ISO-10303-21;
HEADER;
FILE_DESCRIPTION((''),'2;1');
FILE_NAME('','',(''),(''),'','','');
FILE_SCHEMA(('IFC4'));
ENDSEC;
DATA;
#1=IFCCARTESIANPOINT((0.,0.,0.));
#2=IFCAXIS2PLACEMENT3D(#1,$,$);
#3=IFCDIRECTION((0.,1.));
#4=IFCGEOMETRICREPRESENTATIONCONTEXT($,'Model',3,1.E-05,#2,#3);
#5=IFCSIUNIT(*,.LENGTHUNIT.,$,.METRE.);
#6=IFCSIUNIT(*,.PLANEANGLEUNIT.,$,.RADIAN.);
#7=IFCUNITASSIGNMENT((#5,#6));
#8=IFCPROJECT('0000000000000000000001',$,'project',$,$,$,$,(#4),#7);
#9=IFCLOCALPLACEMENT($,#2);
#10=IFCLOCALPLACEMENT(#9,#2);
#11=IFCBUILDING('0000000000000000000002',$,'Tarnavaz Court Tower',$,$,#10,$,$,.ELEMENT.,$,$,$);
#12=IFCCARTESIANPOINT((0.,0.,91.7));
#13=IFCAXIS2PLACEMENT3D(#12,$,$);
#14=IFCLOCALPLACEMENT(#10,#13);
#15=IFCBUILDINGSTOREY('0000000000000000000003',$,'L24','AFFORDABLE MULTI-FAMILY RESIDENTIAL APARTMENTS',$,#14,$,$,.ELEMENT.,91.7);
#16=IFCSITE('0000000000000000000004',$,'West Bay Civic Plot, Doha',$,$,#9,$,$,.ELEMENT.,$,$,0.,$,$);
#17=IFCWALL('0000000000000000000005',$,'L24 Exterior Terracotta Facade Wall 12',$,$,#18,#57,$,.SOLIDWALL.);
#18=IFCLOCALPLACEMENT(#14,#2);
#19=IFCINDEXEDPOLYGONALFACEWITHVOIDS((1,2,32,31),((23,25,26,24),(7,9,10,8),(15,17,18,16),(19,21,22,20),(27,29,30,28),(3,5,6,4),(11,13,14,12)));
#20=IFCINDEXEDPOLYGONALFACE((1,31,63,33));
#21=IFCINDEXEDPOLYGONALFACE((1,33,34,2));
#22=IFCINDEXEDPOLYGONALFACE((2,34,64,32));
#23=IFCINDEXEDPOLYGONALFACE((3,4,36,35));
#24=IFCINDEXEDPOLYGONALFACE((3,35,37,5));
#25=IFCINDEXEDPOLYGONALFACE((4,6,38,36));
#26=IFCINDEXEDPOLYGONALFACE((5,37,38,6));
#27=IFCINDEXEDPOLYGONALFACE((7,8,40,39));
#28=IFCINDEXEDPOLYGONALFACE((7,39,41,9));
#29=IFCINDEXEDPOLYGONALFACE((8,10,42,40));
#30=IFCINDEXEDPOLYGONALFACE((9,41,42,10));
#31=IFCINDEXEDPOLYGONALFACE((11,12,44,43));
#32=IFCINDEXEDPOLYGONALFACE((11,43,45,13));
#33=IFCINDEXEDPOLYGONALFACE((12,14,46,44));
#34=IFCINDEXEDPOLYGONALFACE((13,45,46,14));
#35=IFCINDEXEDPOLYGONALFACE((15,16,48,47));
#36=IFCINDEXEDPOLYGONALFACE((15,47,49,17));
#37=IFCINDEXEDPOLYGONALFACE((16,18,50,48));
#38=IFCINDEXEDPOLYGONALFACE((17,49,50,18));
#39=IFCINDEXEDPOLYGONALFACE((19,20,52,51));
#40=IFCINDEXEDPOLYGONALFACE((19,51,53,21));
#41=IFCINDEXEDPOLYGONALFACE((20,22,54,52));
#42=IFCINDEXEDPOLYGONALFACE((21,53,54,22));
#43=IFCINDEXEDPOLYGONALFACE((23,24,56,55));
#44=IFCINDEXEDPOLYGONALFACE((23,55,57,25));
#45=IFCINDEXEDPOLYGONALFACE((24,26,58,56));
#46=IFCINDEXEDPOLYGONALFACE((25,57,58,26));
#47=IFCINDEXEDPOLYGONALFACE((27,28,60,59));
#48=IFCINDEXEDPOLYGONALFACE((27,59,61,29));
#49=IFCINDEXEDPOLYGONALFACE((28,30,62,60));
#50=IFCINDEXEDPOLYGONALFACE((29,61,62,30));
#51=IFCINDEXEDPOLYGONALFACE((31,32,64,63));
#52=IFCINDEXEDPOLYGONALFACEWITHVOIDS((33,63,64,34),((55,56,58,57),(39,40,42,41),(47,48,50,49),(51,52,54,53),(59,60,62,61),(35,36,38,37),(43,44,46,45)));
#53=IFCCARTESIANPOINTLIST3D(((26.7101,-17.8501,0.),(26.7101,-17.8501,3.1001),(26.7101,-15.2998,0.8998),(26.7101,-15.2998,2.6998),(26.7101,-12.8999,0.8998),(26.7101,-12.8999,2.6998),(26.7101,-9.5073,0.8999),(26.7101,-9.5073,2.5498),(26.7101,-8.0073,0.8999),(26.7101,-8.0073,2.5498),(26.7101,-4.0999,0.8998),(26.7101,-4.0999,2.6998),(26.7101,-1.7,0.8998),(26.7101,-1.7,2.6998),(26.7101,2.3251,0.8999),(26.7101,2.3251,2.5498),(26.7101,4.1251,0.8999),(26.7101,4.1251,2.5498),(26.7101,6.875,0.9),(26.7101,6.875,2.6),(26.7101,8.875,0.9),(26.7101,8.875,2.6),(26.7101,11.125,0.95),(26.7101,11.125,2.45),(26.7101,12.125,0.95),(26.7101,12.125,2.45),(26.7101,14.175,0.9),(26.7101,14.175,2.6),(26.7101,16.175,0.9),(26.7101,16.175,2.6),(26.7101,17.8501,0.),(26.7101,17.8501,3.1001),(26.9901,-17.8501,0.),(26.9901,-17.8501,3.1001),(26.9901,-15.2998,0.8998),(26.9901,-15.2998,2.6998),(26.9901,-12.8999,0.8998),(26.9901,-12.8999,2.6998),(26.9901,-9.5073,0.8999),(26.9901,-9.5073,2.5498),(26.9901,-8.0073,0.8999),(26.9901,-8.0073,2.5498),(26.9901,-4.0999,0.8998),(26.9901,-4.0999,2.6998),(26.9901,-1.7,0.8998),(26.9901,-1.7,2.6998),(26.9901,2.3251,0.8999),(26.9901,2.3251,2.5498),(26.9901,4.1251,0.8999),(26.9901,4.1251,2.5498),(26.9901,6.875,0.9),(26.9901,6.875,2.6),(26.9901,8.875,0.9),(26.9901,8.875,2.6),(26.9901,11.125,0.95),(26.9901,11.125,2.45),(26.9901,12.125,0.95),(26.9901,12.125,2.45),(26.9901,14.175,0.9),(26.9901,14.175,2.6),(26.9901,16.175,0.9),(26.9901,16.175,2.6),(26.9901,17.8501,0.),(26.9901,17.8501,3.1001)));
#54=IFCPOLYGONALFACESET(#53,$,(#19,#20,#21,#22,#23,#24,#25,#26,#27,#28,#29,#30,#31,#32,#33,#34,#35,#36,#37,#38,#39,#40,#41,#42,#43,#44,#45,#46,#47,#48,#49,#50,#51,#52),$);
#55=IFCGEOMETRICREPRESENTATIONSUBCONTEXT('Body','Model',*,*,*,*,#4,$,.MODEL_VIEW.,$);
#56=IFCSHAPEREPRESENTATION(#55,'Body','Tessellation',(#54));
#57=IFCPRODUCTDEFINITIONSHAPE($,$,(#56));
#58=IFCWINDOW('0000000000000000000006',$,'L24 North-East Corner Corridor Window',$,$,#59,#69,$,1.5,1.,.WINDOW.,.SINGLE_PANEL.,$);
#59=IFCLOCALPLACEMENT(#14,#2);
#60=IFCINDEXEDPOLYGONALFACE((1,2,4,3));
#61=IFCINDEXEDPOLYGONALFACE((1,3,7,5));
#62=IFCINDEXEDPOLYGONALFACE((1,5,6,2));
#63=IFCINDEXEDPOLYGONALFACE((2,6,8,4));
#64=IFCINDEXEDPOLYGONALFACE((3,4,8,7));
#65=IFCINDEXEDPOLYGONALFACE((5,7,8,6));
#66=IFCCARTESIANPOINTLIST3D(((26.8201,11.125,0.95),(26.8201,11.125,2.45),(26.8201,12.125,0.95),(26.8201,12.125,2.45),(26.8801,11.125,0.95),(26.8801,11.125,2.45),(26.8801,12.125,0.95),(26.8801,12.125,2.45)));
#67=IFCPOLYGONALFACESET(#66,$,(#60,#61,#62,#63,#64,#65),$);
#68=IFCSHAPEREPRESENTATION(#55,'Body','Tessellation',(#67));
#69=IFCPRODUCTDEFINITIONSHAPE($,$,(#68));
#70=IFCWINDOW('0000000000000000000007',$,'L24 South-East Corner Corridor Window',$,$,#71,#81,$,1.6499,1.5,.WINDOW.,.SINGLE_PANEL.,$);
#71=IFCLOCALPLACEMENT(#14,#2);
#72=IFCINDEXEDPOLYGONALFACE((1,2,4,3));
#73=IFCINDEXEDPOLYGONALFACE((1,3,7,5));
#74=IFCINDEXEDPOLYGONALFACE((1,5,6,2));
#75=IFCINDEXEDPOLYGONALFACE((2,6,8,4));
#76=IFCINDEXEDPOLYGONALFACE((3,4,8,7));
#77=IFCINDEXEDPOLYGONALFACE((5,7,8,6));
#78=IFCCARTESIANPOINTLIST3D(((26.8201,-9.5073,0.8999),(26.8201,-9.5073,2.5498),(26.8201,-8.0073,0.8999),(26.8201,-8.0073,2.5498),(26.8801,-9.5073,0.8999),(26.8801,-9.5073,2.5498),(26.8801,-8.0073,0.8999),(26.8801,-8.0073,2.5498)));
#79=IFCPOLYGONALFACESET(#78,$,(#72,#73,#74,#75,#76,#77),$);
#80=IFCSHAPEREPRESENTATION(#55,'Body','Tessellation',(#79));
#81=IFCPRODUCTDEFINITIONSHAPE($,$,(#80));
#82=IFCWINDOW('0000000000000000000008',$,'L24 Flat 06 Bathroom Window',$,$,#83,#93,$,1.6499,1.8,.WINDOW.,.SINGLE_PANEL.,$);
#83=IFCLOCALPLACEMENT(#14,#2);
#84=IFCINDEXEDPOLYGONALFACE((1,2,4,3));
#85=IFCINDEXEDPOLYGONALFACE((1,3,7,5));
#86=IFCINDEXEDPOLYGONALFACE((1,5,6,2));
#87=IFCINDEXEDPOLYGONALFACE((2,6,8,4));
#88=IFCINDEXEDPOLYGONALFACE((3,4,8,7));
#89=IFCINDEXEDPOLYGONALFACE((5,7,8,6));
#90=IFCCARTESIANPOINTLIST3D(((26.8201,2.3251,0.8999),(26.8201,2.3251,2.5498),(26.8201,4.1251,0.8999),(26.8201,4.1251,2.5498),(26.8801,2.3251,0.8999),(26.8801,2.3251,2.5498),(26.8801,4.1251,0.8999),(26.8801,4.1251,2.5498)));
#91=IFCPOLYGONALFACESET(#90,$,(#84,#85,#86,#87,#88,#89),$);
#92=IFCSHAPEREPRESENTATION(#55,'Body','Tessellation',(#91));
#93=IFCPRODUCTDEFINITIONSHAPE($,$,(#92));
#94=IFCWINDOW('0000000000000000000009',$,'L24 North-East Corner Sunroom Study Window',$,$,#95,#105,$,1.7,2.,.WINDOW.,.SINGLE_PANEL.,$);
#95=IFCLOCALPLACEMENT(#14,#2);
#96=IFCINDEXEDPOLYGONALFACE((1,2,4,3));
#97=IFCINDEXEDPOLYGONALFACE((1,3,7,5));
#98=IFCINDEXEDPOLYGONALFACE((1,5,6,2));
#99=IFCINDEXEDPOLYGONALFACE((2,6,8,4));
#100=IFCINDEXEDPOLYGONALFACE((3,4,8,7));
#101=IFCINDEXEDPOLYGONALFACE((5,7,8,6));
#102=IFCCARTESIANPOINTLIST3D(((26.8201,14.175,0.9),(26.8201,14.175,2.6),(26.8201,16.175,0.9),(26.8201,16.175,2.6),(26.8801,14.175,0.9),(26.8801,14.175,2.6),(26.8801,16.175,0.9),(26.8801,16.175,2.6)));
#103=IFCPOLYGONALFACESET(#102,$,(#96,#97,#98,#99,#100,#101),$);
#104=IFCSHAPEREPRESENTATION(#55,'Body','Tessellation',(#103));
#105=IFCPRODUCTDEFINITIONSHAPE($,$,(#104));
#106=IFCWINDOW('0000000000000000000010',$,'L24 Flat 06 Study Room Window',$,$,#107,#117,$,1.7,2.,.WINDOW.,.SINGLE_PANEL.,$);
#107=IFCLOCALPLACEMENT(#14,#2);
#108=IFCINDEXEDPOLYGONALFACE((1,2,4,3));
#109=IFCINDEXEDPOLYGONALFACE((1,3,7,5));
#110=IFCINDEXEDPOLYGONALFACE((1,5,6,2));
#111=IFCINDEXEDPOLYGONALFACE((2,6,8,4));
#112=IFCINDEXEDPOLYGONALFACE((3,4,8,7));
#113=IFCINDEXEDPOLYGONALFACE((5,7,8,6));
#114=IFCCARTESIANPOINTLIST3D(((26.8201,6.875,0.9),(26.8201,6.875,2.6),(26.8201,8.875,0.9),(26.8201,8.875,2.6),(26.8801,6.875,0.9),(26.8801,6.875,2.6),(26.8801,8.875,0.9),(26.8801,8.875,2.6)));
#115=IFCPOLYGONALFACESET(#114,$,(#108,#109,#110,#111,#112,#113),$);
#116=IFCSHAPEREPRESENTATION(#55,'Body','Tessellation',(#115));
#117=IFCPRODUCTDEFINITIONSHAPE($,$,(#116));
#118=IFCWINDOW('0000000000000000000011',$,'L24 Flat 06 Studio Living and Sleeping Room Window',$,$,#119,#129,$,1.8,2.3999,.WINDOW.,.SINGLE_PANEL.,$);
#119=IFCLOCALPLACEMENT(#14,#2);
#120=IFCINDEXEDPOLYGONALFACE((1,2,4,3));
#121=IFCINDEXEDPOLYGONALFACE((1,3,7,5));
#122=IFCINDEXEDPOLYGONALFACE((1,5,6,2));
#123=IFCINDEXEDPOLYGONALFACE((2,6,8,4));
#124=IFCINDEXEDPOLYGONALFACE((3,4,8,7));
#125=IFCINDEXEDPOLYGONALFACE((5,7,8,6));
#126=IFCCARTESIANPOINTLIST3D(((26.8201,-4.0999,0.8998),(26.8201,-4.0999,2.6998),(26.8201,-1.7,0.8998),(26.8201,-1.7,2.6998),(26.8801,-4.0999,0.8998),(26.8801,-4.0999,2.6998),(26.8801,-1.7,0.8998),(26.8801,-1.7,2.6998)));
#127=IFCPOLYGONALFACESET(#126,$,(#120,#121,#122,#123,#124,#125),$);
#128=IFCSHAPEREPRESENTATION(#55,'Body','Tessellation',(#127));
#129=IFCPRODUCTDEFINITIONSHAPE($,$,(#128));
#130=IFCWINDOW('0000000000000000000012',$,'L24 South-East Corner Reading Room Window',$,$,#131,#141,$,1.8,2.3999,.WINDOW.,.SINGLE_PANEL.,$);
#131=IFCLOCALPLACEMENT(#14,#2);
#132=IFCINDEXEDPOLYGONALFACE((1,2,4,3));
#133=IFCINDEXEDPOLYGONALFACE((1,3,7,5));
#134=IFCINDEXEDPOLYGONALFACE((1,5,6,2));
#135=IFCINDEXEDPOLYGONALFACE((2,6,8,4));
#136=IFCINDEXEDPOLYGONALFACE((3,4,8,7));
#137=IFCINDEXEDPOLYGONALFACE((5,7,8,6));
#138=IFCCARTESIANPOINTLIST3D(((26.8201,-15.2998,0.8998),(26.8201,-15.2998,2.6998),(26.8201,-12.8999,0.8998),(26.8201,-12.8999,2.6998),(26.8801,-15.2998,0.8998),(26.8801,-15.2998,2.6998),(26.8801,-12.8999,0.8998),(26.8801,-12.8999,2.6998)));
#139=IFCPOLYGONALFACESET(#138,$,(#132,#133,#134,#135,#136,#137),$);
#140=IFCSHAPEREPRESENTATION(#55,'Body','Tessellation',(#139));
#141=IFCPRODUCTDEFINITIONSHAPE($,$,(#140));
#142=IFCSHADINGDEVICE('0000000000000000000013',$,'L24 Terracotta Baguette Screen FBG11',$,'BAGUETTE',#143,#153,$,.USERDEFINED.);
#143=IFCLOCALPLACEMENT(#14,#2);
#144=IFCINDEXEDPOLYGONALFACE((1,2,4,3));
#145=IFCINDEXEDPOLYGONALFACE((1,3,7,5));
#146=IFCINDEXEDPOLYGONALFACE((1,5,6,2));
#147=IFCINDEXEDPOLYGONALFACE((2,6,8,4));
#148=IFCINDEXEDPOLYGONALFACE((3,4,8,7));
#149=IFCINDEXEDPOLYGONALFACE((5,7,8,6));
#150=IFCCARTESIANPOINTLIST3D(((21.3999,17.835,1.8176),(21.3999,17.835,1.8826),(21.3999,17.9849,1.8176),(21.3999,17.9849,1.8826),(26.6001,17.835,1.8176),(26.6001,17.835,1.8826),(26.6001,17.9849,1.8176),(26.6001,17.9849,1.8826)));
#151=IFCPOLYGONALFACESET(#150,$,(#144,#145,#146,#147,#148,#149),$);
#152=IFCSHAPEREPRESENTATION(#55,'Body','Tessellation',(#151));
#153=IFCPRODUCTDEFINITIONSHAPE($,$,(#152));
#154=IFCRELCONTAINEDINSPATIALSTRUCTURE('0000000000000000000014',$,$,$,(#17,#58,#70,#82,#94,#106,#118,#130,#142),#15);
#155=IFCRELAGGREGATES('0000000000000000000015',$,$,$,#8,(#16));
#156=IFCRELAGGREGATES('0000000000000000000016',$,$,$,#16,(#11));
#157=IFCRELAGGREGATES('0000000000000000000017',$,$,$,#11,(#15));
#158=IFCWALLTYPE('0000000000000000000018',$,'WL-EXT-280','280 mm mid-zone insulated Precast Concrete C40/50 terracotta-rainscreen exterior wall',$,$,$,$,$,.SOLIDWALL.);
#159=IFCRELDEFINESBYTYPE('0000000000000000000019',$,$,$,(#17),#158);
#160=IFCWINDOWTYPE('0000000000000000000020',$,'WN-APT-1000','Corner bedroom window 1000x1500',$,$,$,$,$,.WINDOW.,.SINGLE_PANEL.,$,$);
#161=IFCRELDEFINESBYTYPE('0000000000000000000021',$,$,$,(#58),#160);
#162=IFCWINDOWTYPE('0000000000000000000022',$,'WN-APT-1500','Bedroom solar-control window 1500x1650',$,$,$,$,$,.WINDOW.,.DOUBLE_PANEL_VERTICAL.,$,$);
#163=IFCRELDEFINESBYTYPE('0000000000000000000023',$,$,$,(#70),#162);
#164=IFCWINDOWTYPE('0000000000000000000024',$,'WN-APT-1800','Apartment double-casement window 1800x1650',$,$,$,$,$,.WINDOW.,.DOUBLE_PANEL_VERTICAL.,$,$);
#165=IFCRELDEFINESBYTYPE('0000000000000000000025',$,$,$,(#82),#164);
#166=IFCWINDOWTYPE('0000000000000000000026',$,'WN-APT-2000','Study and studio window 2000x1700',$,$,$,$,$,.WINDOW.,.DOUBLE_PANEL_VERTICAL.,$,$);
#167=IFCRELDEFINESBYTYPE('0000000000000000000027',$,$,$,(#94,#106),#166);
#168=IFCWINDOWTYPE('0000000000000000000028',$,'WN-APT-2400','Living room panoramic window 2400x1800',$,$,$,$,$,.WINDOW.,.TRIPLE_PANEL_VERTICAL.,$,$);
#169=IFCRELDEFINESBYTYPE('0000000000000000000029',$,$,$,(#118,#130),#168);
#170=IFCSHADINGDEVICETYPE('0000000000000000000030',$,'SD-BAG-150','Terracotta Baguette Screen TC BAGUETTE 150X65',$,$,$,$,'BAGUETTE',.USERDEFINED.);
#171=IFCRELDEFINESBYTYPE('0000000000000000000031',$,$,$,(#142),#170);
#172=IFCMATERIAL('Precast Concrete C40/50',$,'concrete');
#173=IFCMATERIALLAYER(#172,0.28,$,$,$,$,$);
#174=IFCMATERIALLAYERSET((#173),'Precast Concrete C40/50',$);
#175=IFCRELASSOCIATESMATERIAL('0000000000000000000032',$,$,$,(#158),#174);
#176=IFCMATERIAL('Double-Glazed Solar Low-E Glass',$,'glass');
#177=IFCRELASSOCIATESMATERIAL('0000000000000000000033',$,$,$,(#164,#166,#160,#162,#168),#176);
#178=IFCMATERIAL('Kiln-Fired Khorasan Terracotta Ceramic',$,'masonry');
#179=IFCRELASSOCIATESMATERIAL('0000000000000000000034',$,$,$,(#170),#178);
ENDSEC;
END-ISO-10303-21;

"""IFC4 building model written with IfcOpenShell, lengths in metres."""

from ifc_helpers import new_model, si_unit, direction, frame, frame_2d, origin, origin_2d, place, context, subcontext, project, spatial, rectangle, extrude, material, layer, layer_set, material_profile, profile_set, type_object, element, fill, save


model = new_model("IFC4")

# Units and contexts
model_context = context("Model", 3, precision=1e-05, world=origin(), true_north=direction((0.0, 1.0)))
body_context = subcontext(model_context, "Body", "Model", "MODEL_VIEW")
ifc_project = project(units=[si_unit("LENGTHUNIT", "METRE"), si_unit("PLANEANGLEUNIT", "RADIAN")], contexts=[model_context])

# Site, building, storey
site_placement = place(None, origin())
site = spatial("IfcSite", under=ifc_project, at=site_placement, Name="West Bay Civic Plot, Doha", CompositionType="ELEMENT", RefElevation=0.0)
building_placement = place(site_placement, origin())
building = spatial("IfcBuilding", under=site, at=building_placement, Name="Tarnavaz Court Tower", CompositionType="ELEMENT")
storey_placement = place(building_placement, frame((0.0, 0.0, 91.7)))
storey = spatial("IfcBuildingStorey", under=building, at=storey_placement, Name="L24", Description="AFFORDABLE MULTI-FAMILY RESIDENTIAL APARTMENTS", CompositionType="ELEMENT", Elevation=91.7)

# Shared definitions
ifc_material_1 = material(Name="Precast Concrete C40/50", Category="concrete")
ifc_layer = layer(ifc_material_1, 0.28)
ifc_layer_set = layer_set([ifc_layer], Name="Precast Concrete C40/50")
wall_type = type_object("IfcWallType", Name="WL-EXT-280", Description="280 mm mid-zone insulated Precast Concrete C40/50 terracotta-rainscreen exterior wall", PredefinedType="SOLIDWALL", material=ifc_layer_set)
ifc_material_2 = material(Name="Double-Glazed Solar Low-E Glass", Category="glass")
window_type_1 = type_object("IfcWindowType", Name="WN-APT-1800", Description="Apartment double-casement window 1800x1650", PartitioningType="DOUBLE_PANEL_VERTICAL", PredefinedType="WINDOW", material=ifc_material_2)
window_type_2 = type_object("IfcWindowType", Name="WN-APT-2000", Description="Study and studio window 2000x1700", PartitioningType="DOUBLE_PANEL_VERTICAL", PredefinedType="WINDOW", material=ifc_material_2)

# Wall, openings, windows
wall_1_placement = place(storey_placement, frame((26.8501, 17.8501, 0.0), z_axis=(0.0, 0.0, 1.0), x_axis=(0.0, -1.0, 0.0)))
wall_1 = element("IfcWall", 1, at=wall_1_placement, inside=storey, type_object=wall_type, Name="L24 Exterior Terracotta Facade Wall 12", PredefinedType="SOLIDWALL", context=body_context, shape_type="SweptSolid", body=[
    extrude(rectangle(XDim=35.7002, YDim=0.28, at=frame_2d((17.8501, 0.0))), origin(), (0.0, 0.0, 1.0), 3.1001),
])
opening_1_placement = place(wall_1_placement, frame((1.675, 0.0, 0.8999)))
opening_1 = element("IfcOpeningElement", 2, at=opening_1_placement, cuts=wall_1, PredefinedType="OPENING", context=body_context, shape_type="SweptSolid", body=[
    extrude(rectangle(XDim=2.0, YDim=1.7, at=frame_2d((1.0, 0.8501))), frame((0.0, 0.1499, 0.0), z_axis=(0.0, -1.0, 0.0), x_axis=(1.0, 0.0, 0.0)), (0.0, 0.0, 1.0), 0.3),
])
opening_2_placement = place(wall_1_placement, frame((5.7251, 0.0, 0.95)))
opening_2 = element("IfcOpeningElement", 3, at=opening_2_placement, cuts=wall_1, PredefinedType="OPENING", context=body_context, shape_type="SweptSolid", body=[
    extrude(rectangle(XDim=1.0, YDim=1.5, at=frame_2d((0.5, 0.75))), frame((0.0, 0.1499, 0.0), z_axis=(0.0, -1.0, 0.0), x_axis=(1.0, 0.0, 0.0)), (0.0, 0.0, 1.0), 0.3),
])
opening_3_placement = place(wall_1_placement, frame((8.9751, 0.0, 0.8999)))
opening_3 = element("IfcOpeningElement", 4, at=opening_3_placement, cuts=wall_1, PredefinedType="OPENING", context=body_context, shape_type="SweptSolid", body=[
    extrude(rectangle(XDim=2.0, YDim=1.7, at=frame_2d((1.0, 0.8501))), frame((0.0, 0.1499, 0.0), z_axis=(0.0, -1.0, 0.0), x_axis=(1.0, 0.0, 0.0)), (0.0, 0.0, 1.0), 0.3),
])
opening_4_placement = place(wall_1_placement, frame((13.7251, 0.0, 0.8999)))
opening_4 = element("IfcOpeningElement", 5, at=opening_4_placement, cuts=wall_1, PredefinedType="OPENING", context=body_context, shape_type="SweptSolid", body=[
    extrude(rectangle(XDim=1.8, YDim=1.6499, at=frame_2d((0.8999, 0.825))), frame((0.0, 0.1499, 0.0), z_axis=(0.0, -1.0, 0.0), x_axis=(1.0, 0.0, 0.0)), (0.0, 0.0, 1.0), 0.3),
])
opening_5_placement = place(wall_1_placement, frame((19.55, 0.0, 0.8999)))
opening_5 = element("IfcOpeningElement", 6, at=opening_5_placement, cuts=wall_1, PredefinedType="OPENING", context=body_context, shape_type="SweptSolid", body=[
    extrude(rectangle(XDim=2.3999, YDim=1.8, at=frame_2d((1.2, 0.8999))), frame((0.0, 0.1499, 0.0), z_axis=(0.0, -1.0, 0.0), x_axis=(1.0, 0.0, 0.0)), (0.0, 0.0, 1.0), 0.3),
])
opening_6_placement = place(wall_1_placement, frame((25.8574, 0.0, 0.8999)))
opening_6 = element("IfcOpeningElement", 7, at=opening_6_placement, cuts=wall_1, PredefinedType="OPENING", context=body_context, shape_type="SweptSolid", body=[
    extrude(rectangle(XDim=1.5, YDim=1.6499, at=frame_2d((0.75, 0.825))), frame((0.0, 0.1499, 0.0), z_axis=(0.0, -1.0, 0.0), x_axis=(1.0, 0.0, 0.0)), (0.0, 0.0, 1.0), 0.3),
])
opening_7_placement = place(wall_1_placement, frame((30.75, 0.0, 0.8999)))
opening_7 = element("IfcOpeningElement", 8, at=opening_7_placement, cuts=wall_1, PredefinedType="OPENING", context=body_context, shape_type="SweptSolid", body=[
    extrude(rectangle(XDim=2.3999, YDim=1.8, at=frame_2d((1.2, 0.8999))), frame((0.0, 0.1499, 0.0), z_axis=(0.0, -1.0, 0.0), x_axis=(1.0, 0.0, 0.0)), (0.0, 0.0, 1.0), 0.3),
])
window_type_3 = type_object("IfcWindowType", Name="WN-APT-1000", Description="Corner bedroom window 1000x1500", PartitioningType="SINGLE_PANEL", PredefinedType="WINDOW", material=ifc_material_2)
window_1_placement = place(opening_2_placement, origin())
window_1 = element("IfcWindow", 9, at=window_1_placement, inside=storey, type_object=window_type_3, Name="L24 North-East Corner Corridor Window", OverallHeight=1.5, OverallWidth=1.0, PartitioningType="SINGLE_PANEL", PredefinedType="WINDOW", context=body_context, shape_type="SweptSolid", body=[
    extrude(rectangle(XDim=1.0, YDim=1.5, at=frame_2d((0.5, 0.75))), frame((0.0, 0.03, 0.0), z_axis=(0.0, -1.0, 0.0), x_axis=(1.0, 0.0, 0.0)), (0.0, 0.0, 1.0), 0.0601),
])
fill(opening_2, window_1)
window_type_4 = type_object("IfcWindowType", Name="WN-APT-1500", Description="Bedroom solar-control window 1500x1650", PartitioningType="DOUBLE_PANEL_VERTICAL", PredefinedType="WINDOW", material=ifc_material_2)
window_2_placement = place(opening_6_placement, origin())
window_2 = element("IfcWindow", 10, at=window_2_placement, inside=storey, type_object=window_type_4, Name="L24 South-East Corner Corridor Window", OverallHeight=1.6499, OverallWidth=1.5, PartitioningType="SINGLE_PANEL", PredefinedType="WINDOW", context=body_context, shape_type="SweptSolid", body=[
    extrude(rectangle(XDim=1.5, YDim=1.6499, at=frame_2d((0.75, 0.825))), frame((0.0, 0.03, 0.0), z_axis=(0.0, -1.0, 0.0), x_axis=(1.0, 0.0, 0.0)), (0.0, 0.0, 1.0), 0.0601),
])
fill(opening_6, window_2)
window_3_placement = place(opening_4_placement, origin())
window_3 = element("IfcWindow", 11, at=window_3_placement, inside=storey, type_object=window_type_1, Name="L24 Flat 06 Bathroom Window", OverallHeight=1.6499, OverallWidth=1.8, PartitioningType="SINGLE_PANEL", PredefinedType="WINDOW", context=body_context, shape_type="SweptSolid", body=[
    extrude(rectangle(XDim=1.8, YDim=1.6499, at=frame_2d((0.8999, 0.825))), frame((0.0, 0.03, 0.0), z_axis=(0.0, -1.0, 0.0), x_axis=(1.0, 0.0, 0.0)), (0.0, 0.0, 1.0), 0.0601),
])
fill(opening_4, window_3)
window_4_placement = place(opening_1_placement, origin())
window_4 = element("IfcWindow", 12, at=window_4_placement, inside=storey, type_object=window_type_2, Name="L24 North-East Corner Sunroom Study Window", OverallHeight=1.7, OverallWidth=2.0, PartitioningType="SINGLE_PANEL", PredefinedType="WINDOW", context=body_context, shape_type="SweptSolid", body=[
    extrude(rectangle(XDim=2.0, YDim=1.7, at=frame_2d((1.0, 0.8501))), frame((0.0, 0.03, 0.0), z_axis=(0.0, -1.0, 0.0), x_axis=(1.0, 0.0, 0.0)), (0.0, 0.0, 1.0), 0.0601),
])
fill(opening_1, window_4)
window_5_placement = place(opening_3_placement, origin())
window_5 = element("IfcWindow", 13, at=window_5_placement, inside=storey, type_object=window_type_2, Name="L24 Flat 06 Study Room Window", OverallHeight=1.7, OverallWidth=2.0, PartitioningType="SINGLE_PANEL", PredefinedType="WINDOW", context=body_context, shape_type="SweptSolid", body=[
    extrude(rectangle(XDim=2.0, YDim=1.7, at=frame_2d((1.0, 0.8501))), frame((0.0, 0.03, 0.0), z_axis=(0.0, -1.0, 0.0), x_axis=(1.0, 0.0, 0.0)), (0.0, 0.0, 1.0), 0.0601),
])
fill(opening_3, window_5)
window_type_5 = type_object("IfcWindowType", Name="WN-APT-2400", Description="Living room panoramic window 2400x1800", PartitioningType="TRIPLE_PANEL_VERTICAL", PredefinedType="WINDOW", material=ifc_material_2)
window_6_placement = place(opening_5_placement, origin())
window_6 = element("IfcWindow", 14, at=window_6_placement, inside=storey, type_object=window_type_5, Name="L24 Flat 06 Studio Living and Sleeping Room Window", OverallHeight=1.8, OverallWidth=2.3999, PartitioningType="SINGLE_PANEL", PredefinedType="WINDOW", context=body_context, shape_type="SweptSolid", body=[
    extrude(rectangle(XDim=2.3999, YDim=1.8, at=frame_2d((1.2, 0.8999))), frame((0.0, 0.03, 0.0), z_axis=(0.0, -1.0, 0.0), x_axis=(1.0, 0.0, 0.0)), (0.0, 0.0, 1.0), 0.0601),
])
fill(opening_5, window_6)
window_7_placement = place(opening_7_placement, origin())
window_7 = element("IfcWindow", 15, at=window_7_placement, inside=storey, type_object=window_type_5, Name="L24 South-East Corner Reading Room Window", OverallHeight=1.8, OverallWidth=2.3999, PartitioningType="SINGLE_PANEL", PredefinedType="WINDOW", context=body_context, shape_type="SweptSolid", body=[
    extrude(rectangle(XDim=2.3999, YDim=1.8, at=frame_2d((1.2, 0.8999))), frame((0.0, 0.03, 0.0), z_axis=(0.0, -1.0, 0.0), x_axis=(1.0, 0.0, 0.0)), (0.0, 0.0, 1.0), 0.0601),
])
fill(opening_7, window_7)

# Shading device
ifc_material_3 = material(Name="Kiln-Fired Khorasan Terracotta Ceramic", Category="masonry")
ifc_material_profile_1 = material_profile(ifc_material_3, rectangle(XDim=0.1499, YDim=0.0649, at=origin_2d()), Name="TC BAGUETTE 150X65")
ifc_profile_set_1 = profile_set([ifc_material_profile_1], Name="Kiln-Fired Khorasan Terracotta Ceramic")
shading_device_type = type_object("IfcShadingDeviceType", Name="SD-BAG-150", Description="Terracotta Baguette Screen TC BAGUETTE 150X65", ElementType="BAGUETTE", PredefinedType="USERDEFINED", material=ifc_profile_set_1)
shading_device_1_placement = place(storey_placement, frame((21.3999, 17.9099, 1.8501), z_axis=(1.0, 0.0, 0.0), x_axis=(0.0, 1.0, 0.0)))
element("IfcShadingDevice", 16, at=shading_device_1_placement, inside=storey, type_object=shading_device_type, Name="L24 Terracotta Baguette Screen FBG11", ObjectType="BAGUETTE", PredefinedType="USERDEFINED", context=body_context, shape_type="SweptSolid", body=[
    extrude(rectangle(XDim=0.1499, YDim=0.0649, at=origin_2d()), origin(), (0.0, 0.0, 1.0), 5.2002),
])

save(model, "model.ifc")
